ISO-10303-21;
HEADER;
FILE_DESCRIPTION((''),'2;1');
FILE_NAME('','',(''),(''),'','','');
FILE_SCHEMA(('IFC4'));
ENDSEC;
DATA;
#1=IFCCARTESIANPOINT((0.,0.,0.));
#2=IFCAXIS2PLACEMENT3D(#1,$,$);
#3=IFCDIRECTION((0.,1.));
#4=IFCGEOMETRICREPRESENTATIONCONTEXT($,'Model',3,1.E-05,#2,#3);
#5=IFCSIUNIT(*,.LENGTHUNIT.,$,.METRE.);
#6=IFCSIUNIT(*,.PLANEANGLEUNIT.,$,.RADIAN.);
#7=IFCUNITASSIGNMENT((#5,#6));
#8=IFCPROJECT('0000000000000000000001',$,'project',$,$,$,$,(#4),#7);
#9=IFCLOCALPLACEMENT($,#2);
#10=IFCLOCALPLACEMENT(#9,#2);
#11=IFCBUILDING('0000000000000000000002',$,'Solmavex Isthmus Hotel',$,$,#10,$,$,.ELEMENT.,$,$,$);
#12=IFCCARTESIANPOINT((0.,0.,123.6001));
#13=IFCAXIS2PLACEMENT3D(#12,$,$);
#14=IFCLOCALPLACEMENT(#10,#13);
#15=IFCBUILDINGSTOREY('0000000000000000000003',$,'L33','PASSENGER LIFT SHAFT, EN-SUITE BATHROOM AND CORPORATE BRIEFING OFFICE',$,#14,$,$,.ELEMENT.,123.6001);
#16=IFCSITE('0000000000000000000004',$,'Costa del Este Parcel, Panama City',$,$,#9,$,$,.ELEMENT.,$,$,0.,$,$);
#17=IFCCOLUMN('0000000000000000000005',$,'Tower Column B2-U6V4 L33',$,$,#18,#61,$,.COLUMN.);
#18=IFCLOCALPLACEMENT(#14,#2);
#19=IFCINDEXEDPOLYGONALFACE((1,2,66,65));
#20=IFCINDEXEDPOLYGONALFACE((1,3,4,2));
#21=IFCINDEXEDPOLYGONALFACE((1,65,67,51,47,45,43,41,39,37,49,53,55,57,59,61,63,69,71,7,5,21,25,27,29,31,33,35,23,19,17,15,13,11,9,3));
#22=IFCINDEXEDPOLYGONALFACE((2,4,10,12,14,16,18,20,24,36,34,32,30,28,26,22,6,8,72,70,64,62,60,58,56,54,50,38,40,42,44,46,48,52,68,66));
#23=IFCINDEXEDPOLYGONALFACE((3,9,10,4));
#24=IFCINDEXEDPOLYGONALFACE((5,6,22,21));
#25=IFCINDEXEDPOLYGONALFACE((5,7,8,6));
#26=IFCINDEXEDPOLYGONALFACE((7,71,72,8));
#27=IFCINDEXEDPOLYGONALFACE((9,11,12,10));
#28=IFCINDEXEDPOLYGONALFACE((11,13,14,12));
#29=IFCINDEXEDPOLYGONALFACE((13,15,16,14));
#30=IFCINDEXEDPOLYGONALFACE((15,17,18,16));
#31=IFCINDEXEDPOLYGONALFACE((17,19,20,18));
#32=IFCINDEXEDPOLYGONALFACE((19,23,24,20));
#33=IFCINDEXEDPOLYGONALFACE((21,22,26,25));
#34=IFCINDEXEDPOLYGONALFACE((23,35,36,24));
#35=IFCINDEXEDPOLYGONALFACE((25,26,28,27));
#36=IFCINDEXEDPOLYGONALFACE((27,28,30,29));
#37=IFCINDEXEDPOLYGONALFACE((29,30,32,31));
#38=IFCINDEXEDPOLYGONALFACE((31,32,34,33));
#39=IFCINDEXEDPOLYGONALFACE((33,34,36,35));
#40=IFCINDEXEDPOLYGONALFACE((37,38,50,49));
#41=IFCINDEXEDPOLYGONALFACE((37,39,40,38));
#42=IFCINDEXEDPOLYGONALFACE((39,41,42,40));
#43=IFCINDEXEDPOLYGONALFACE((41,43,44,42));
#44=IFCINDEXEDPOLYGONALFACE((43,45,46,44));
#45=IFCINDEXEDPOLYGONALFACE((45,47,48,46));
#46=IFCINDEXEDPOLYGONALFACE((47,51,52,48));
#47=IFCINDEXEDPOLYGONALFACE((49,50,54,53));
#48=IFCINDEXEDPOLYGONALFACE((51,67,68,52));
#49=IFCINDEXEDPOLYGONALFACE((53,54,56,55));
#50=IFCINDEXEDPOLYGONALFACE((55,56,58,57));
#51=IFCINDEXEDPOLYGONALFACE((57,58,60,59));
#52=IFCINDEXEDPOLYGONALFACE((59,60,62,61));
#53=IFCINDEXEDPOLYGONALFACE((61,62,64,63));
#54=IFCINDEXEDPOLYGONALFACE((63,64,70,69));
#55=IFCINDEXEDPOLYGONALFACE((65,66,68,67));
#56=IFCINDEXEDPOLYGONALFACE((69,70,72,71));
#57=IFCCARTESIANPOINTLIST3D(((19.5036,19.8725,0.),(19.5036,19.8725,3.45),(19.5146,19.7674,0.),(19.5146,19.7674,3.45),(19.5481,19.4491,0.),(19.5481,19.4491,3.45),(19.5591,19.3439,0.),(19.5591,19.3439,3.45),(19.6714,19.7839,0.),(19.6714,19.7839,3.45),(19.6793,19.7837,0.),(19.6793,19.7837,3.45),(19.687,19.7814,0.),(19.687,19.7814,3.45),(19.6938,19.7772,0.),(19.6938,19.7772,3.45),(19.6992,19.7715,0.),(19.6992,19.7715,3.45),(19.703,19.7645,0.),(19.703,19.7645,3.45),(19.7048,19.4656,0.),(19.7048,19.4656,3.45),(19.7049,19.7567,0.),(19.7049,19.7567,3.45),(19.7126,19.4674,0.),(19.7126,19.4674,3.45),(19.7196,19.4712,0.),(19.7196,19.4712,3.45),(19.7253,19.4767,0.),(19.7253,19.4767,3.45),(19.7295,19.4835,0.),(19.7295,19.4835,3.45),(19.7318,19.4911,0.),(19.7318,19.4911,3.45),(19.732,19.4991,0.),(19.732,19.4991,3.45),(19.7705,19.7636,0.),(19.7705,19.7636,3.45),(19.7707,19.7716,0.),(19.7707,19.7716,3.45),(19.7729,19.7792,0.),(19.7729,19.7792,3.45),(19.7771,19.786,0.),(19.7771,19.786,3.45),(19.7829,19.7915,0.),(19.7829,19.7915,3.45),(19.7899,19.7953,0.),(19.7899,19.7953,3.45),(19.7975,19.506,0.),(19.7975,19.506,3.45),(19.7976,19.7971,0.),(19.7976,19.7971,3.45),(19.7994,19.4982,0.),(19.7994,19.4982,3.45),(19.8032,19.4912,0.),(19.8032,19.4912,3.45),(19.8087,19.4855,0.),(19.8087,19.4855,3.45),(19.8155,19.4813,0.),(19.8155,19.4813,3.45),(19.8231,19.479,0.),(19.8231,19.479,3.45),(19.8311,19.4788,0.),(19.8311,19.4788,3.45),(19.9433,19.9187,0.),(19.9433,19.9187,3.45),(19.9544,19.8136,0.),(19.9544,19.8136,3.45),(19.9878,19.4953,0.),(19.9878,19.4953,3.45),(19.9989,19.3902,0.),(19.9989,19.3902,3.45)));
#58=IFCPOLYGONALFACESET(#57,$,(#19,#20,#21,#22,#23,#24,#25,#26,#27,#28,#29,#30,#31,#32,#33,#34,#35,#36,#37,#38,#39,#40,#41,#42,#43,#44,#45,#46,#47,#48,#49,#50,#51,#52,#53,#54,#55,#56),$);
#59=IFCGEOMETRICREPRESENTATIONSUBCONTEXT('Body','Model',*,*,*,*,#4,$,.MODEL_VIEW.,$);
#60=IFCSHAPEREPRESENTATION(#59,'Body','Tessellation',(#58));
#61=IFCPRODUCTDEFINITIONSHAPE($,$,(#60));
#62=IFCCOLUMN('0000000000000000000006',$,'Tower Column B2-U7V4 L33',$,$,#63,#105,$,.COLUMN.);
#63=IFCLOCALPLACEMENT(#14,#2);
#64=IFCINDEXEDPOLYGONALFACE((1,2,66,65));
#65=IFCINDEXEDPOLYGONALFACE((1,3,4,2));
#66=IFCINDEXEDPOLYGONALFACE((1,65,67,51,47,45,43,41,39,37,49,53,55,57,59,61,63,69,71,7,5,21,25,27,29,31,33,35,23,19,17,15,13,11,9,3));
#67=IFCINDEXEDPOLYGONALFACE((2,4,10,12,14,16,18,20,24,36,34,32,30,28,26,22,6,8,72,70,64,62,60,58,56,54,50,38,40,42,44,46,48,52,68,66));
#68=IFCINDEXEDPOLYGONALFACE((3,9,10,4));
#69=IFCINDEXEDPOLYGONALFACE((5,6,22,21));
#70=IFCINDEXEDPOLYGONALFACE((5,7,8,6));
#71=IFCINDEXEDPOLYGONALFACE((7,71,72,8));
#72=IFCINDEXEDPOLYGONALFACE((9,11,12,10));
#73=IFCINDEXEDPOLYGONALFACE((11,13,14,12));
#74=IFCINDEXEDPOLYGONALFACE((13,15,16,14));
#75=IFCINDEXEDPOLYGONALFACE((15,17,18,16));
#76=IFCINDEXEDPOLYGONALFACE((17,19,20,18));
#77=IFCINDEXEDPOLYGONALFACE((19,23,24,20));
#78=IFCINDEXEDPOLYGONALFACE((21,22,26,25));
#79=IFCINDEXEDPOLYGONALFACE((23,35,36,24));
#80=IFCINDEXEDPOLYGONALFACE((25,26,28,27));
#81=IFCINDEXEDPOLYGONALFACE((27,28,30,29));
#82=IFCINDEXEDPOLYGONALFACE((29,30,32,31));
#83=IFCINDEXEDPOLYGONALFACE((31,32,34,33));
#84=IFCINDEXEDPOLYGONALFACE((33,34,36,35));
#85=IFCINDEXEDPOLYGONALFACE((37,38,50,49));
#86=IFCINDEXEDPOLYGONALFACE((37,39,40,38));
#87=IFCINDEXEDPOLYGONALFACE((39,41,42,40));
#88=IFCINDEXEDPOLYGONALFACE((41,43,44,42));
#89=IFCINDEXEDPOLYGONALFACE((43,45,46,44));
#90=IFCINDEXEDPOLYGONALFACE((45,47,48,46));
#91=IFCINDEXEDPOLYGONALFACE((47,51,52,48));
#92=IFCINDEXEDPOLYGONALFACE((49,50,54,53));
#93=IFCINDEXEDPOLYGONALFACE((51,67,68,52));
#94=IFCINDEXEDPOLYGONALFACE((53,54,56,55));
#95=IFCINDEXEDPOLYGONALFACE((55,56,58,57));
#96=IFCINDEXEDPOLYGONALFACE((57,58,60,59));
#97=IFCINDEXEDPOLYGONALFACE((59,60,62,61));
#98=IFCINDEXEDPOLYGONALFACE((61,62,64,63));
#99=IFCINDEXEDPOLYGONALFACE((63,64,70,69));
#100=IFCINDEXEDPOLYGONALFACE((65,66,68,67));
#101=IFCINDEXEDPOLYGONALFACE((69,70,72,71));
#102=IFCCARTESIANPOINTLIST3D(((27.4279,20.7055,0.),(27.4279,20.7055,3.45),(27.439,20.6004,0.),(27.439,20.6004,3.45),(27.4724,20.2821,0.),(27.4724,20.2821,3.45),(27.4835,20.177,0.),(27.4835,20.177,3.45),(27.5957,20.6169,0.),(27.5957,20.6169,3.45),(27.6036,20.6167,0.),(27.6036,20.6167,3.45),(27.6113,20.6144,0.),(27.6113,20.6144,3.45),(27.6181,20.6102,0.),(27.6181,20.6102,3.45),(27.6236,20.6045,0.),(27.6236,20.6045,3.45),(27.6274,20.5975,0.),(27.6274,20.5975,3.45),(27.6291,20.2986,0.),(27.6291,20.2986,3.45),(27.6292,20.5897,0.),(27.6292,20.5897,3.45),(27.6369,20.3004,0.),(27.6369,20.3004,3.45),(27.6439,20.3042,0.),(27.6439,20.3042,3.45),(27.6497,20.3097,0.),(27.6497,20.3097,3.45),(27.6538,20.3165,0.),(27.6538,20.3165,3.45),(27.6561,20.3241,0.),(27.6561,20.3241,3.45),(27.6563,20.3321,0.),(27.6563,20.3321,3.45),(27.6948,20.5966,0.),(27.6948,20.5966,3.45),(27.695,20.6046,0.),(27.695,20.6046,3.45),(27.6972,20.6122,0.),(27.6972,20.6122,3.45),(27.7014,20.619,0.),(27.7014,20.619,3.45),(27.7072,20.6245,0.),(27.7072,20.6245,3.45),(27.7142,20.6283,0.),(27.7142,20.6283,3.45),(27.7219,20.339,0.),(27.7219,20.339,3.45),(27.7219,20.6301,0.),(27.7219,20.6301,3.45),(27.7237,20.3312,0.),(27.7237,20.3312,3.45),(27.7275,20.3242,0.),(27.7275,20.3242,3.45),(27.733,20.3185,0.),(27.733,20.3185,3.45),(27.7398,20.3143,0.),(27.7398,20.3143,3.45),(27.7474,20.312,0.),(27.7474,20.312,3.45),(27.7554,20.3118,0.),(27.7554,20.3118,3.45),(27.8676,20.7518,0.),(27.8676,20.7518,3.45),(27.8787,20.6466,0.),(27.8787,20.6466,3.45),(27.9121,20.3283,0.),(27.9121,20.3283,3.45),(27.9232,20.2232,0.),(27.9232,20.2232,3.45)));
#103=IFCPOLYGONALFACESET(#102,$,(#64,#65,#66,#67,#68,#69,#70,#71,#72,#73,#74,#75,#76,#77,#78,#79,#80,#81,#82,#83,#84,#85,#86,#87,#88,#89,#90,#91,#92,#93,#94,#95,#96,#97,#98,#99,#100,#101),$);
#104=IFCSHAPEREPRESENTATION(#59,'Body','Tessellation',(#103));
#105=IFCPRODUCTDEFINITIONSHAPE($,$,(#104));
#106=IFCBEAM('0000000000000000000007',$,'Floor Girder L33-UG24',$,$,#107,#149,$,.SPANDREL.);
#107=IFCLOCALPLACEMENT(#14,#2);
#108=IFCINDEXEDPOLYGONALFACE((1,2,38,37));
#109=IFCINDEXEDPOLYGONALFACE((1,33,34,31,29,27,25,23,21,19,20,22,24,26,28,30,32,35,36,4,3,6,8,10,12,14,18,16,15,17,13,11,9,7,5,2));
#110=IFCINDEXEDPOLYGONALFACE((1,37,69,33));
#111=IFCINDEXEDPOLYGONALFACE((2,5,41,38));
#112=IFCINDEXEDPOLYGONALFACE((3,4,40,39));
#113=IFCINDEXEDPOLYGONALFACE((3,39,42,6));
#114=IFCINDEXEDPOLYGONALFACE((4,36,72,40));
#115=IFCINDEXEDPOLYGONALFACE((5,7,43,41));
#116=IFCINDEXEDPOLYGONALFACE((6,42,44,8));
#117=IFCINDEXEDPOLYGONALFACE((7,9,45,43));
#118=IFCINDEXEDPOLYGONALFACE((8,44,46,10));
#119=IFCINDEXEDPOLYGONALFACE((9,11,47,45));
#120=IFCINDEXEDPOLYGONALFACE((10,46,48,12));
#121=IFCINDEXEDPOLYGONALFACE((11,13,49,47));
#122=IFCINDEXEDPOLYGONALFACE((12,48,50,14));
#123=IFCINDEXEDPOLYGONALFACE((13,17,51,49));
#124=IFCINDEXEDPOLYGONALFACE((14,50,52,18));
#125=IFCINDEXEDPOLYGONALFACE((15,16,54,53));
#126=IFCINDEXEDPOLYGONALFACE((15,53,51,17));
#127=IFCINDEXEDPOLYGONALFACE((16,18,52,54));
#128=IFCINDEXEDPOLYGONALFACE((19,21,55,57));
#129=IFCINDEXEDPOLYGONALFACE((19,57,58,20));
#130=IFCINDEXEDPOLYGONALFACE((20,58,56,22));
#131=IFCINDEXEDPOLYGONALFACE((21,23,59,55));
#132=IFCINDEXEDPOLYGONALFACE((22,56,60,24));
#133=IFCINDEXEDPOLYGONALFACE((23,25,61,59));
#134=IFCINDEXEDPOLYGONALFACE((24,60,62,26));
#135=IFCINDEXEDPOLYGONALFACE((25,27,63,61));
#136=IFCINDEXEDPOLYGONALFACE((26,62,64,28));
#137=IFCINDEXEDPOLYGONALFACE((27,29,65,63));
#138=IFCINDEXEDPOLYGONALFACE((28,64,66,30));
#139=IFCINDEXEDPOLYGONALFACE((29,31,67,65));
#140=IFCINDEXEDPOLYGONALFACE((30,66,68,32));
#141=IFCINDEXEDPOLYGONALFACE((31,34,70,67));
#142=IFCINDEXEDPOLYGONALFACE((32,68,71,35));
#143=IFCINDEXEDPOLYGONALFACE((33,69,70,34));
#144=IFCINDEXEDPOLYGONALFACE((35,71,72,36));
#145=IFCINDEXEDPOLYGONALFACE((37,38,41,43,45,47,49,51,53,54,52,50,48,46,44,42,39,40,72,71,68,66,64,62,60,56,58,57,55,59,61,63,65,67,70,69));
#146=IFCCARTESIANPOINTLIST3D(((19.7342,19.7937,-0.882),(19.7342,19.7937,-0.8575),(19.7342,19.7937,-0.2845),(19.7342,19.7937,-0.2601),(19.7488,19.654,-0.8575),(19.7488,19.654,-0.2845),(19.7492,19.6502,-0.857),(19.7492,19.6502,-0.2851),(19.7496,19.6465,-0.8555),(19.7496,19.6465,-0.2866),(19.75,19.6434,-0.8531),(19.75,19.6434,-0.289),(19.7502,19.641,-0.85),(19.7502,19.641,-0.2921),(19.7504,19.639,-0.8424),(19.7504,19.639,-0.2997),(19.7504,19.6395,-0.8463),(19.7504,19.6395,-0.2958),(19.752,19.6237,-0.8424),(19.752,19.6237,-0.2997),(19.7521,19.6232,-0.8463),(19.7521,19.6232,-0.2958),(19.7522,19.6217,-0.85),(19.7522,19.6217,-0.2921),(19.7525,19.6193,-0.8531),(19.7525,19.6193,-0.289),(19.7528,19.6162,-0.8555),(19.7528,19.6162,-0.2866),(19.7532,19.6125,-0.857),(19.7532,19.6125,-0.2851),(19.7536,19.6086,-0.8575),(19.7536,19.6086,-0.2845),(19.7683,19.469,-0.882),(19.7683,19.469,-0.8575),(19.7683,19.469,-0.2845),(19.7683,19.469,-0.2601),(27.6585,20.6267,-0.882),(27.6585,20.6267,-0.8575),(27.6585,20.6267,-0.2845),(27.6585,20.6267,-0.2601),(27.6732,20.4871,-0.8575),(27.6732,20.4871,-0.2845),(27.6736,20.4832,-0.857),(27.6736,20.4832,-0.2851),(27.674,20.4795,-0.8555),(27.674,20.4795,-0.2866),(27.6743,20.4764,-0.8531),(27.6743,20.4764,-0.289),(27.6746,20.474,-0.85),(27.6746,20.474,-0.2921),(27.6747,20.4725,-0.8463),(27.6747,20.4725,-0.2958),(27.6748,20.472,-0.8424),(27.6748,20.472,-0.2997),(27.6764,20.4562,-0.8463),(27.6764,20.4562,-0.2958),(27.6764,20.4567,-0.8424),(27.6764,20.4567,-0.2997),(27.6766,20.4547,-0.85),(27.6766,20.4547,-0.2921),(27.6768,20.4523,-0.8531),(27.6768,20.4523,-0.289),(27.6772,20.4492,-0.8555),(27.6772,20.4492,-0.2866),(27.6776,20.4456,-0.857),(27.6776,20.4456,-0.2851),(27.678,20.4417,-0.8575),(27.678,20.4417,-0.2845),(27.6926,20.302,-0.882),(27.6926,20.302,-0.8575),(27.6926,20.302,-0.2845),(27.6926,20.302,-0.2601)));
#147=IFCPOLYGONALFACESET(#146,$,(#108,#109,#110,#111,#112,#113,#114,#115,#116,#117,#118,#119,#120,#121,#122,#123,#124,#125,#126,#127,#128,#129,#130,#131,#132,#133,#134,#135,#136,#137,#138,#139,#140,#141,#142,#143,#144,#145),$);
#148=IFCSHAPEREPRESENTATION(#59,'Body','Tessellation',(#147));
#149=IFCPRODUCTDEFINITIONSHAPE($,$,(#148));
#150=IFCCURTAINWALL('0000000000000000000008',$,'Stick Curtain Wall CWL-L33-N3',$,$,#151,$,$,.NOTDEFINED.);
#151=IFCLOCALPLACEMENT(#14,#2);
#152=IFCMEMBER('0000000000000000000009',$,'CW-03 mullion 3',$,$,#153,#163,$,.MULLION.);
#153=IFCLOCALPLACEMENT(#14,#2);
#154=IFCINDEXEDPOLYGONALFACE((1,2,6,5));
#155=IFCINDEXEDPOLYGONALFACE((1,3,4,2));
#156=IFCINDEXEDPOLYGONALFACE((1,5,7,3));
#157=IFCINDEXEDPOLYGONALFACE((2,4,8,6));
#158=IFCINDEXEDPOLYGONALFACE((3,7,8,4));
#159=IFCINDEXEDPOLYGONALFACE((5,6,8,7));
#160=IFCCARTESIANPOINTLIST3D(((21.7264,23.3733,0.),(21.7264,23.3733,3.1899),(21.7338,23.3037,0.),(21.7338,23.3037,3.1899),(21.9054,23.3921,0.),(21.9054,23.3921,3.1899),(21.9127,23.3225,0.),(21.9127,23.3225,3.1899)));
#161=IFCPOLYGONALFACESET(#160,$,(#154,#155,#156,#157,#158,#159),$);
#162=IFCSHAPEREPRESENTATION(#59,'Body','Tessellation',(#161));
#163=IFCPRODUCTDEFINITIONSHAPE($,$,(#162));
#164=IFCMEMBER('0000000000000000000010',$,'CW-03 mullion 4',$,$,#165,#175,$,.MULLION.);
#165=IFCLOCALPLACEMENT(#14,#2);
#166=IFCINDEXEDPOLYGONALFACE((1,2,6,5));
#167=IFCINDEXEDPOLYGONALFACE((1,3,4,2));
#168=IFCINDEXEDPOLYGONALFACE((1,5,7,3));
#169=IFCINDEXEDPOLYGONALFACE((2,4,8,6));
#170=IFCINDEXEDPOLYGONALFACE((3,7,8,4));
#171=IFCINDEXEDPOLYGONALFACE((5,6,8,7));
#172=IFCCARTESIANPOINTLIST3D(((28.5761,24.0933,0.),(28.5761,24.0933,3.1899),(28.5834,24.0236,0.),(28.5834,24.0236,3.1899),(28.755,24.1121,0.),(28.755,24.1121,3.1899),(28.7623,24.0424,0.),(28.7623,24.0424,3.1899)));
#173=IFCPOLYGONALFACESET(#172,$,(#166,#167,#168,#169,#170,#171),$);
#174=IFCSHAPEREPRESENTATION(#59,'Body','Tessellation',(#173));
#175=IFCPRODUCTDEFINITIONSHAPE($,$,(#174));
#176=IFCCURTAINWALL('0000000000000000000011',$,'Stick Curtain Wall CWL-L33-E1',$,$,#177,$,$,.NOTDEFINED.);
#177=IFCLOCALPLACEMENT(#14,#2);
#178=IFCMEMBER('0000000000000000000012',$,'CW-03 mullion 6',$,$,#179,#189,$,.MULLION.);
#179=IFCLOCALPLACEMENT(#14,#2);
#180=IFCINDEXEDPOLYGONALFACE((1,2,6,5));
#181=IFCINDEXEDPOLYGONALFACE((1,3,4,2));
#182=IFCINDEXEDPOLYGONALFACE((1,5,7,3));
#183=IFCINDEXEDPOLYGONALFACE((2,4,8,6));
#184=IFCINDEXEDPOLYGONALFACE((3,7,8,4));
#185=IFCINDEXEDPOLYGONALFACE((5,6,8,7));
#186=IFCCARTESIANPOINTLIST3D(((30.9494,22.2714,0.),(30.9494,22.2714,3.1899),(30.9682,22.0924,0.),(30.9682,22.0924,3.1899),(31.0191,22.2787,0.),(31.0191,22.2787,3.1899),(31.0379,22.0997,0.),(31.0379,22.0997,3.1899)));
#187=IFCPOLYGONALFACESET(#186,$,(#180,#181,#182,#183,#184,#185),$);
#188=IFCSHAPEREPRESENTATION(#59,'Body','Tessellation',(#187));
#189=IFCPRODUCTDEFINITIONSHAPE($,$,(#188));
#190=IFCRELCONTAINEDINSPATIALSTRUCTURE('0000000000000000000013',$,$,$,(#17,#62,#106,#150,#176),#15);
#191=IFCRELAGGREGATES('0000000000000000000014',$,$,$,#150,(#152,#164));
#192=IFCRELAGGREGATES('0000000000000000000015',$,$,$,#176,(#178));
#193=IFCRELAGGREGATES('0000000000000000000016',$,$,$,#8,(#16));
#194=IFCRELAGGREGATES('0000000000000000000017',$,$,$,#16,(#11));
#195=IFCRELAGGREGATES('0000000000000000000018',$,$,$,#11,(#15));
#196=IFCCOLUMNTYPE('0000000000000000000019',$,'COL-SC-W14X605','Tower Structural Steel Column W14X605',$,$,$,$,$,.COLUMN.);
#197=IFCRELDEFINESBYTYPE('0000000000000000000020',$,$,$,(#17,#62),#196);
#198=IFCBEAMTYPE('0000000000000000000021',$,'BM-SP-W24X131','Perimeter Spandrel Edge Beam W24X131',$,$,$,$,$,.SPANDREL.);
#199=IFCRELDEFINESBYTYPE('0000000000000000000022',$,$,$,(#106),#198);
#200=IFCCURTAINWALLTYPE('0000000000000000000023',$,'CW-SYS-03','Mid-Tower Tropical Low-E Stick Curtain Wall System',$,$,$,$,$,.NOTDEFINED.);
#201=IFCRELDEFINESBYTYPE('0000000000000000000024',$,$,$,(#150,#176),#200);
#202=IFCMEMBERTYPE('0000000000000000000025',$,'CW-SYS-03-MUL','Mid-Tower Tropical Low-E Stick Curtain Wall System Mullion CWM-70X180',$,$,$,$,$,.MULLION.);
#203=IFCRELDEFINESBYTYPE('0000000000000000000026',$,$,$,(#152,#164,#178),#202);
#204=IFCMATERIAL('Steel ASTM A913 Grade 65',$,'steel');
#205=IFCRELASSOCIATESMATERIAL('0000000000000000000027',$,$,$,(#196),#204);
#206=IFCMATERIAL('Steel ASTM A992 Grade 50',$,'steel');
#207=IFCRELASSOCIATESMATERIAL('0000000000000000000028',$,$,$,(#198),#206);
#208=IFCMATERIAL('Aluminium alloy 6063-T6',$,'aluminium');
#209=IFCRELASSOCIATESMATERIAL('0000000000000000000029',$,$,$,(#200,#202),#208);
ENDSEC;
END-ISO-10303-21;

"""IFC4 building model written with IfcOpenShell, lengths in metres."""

from ifc_helpers import new_model, si_unit, direction, frame, origin, origin_2d, place, context, subcontext, project, spatial, rectangle, i_section, extrude, material, material_profile, profile_set, type_object, element, aggregate, save


model = new_model("IFC4")

# Units and contexts
model_context = context("Model", 3, precision=1e-05, world=origin(), true_north=direction((0.0, 1.0)))
body_context = subcontext(model_context, "Body", "Model", "MODEL_VIEW")
ifc_project = project(units=[si_unit("LENGTHUNIT", "METRE"), si_unit("PLANEANGLEUNIT", "RADIAN")], contexts=[model_context])

# Site, building, storey
site_placement = place(None, origin())
site = spatial("IfcSite", under=ifc_project, at=site_placement, Name="Costa del Este Parcel, Panama City", CompositionType="ELEMENT", RefElevation=0.0)
building_placement = place(site_placement, origin())
building = spatial("IfcBuilding", under=site, at=building_placement, Name="Solmavex Isthmus Hotel", CompositionType="ELEMENT")
storey_placement = place(building_placement, frame((0.0, 0.0, 123.6001)))
storey = spatial("IfcBuildingStorey", under=building, at=storey_placement, Name="L33", Description="PASSENGER LIFT SHAFT, EN-SUITE BATHROOM AND CORPORATE BRIEFING OFFICE", CompositionType="ELEMENT", Elevation=123.6001)

# Columns
ifc_material_1 = material(Name="Steel ASTM A913 Grade 65", Category="steel")
ifc_material_profile_1 = material_profile(ifc_material_1, i_section(OverallWidth=0.4421, OverallDepth=0.5315, WebThickness=0.0659, FlangeThickness=0.1057, FilletRadius=0.0305, at=origin_2d()), Name="W14X605")
ifc_profile_set_1 = profile_set([ifc_material_profile_1], Name="Steel ASTM A913 Grade 65")
column_type = type_object("IfcColumnType", Name="COL-SC-W14X605", Description="Tower Structural Steel Column W14X605", PredefinedType="COLUMN", material=ifc_profile_set_1)
for number, where, z_axis, x_axis, name in (
    (1, (19.7512, 19.6313, 0.0), (0.0, 0.0, 1.0), (0.994522, 0.104528, 0.0), "Tower Column B2-U6V4 L33"),
    (2, (27.6755, 20.4644, 0.0), (0.0, 0.0, 1.0), (0.994522, 0.104528, 0.0), "Tower Column B2-U7V4 L33"),
):
    element("IfcColumn", number, at=place(storey_placement, frame(where, z_axis=z_axis, x_axis=x_axis)), inside=storey, type_object=column_type, Name=name, PredefinedType="COLUMN", context=body_context, shape_type="SweptSolid", body=[
        extrude(i_section(OverallWidth=0.4421, OverallDepth=0.5315, WebThickness=0.0659, FlangeThickness=0.1057, FilletRadius=0.0305, at=origin_2d()), origin(), (0.0, 0.0, 1.0), 3.45),
    ])

# Beam
ifc_material_2 = material(Name="Steel ASTM A992 Grade 50", Category="steel")
ifc_material_profile_2 = material_profile(ifc_material_2, i_section(OverallWidth=0.3264, OverallDepth=0.6218, WebThickness=0.0154, FlangeThickness=0.0244, FilletRadius=0.0151, at=origin_2d()), Name="W24X131")
ifc_profile_set_2 = profile_set([ifc_material_profile_2], Name="Steel ASTM A992 Grade 50")
beam_type = type_object("IfcBeamType", Name="BM-SP-W24X131", Description="Perimeter Spandrel Edge Beam W24X131", PredefinedType="SPANDREL", material=ifc_profile_set_2)
beam_placement = place(storey_placement, frame((19.7512, 19.6313, -0.571), z_axis=(0.99452, 0.104544, 0.0), x_axis=(-0.104544, 0.99452, 0.0)))
element("IfcBeam", 3, at=beam_placement, inside=storey, type_object=beam_type, Name="Floor Girder L33-UG24", PredefinedType="SPANDREL", context=body_context, shape_type="SweptSolid", body=[
    extrude(i_section(OverallWidth=0.3264, OverallDepth=0.6218, WebThickness=0.0154, FlangeThickness=0.0244, FilletRadius=0.0151, at=origin_2d()), origin(), (0.0, 0.0, 1.0), 7.968),
])

# Curtain wall, members
ifc_material_3 = material(Name="Aluminium alloy 6063-T6", Category="aluminium")
curtain_wall_type = type_object("IfcCurtainWallType", Name="CW-SYS-03", Description="Mid-Tower Tropical Low-E Stick Curtain Wall System", PredefinedType="NOTDEFINED", material=ifc_material_3)
curtain_wall_1_placement = place(storey_placement, origin())
curtain_wall_1 = element("IfcCurtainWall", 4, at=curtain_wall_1_placement, inside=storey, type_object=curtain_wall_type, Name="Stick Curtain Wall CWL-L33-N3", PredefinedType="NOTDEFINED")
ifc_material_profile_3 = material_profile(ifc_material_3, rectangle(XDim=0.0701, YDim=0.1799, at=origin_2d()), Name="CWM-70X180")
ifc_profile_set_3 = profile_set([ifc_material_profile_3], Name="Aluminium alloy 6063-T6")
member_type_1 = type_object("IfcMemberType", Name="CW-SYS-03-MUL", Description="Mid-Tower Tropical Low-E Stick Curtain Wall System Mullion CWM-70X180", PredefinedType="MULLION", material=ifc_profile_set_3)
member_1_placement = place(storey_placement, frame((21.8196, 23.3479, 0.0), z_axis=(0.0, 0.0, 1.0), x_axis=(-0.104528, 0.994522, 0.0)))
member_1 = element("IfcMember", 5, at=member_1_placement, type_object=member_type_1, Name="CW-03 mullion 3", PredefinedType="MULLION", context=body_context, shape_type="SweptSolid", body=[
    extrude(rectangle(XDim=0.0701, YDim=0.1799, at=origin_2d()), origin(), (0.0, 0.0, 1.0), 3.1899),
])
member_2_placement = place(storey_placement, frame((28.6692, 24.0679, 0.0), z_axis=(0.0, 0.0, 1.0), x_axis=(-0.104528, 0.994522, 0.0)))
member_2 = element("IfcMember", 6, at=member_2_placement, type_object=member_type_1, Name="CW-03 mullion 4", PredefinedType="MULLION", context=body_context, shape_type="SweptSolid", body=[
    extrude(rectangle(XDim=0.0701, YDim=0.1799, at=origin_2d()), origin(), (0.0, 0.0, 1.0), 3.1899),
])

# Curtain wall, member
curtain_wall_2_placement = place(storey_placement, origin())
curtain_wall_2 = element("IfcCurtainWall", 7, at=curtain_wall_2_placement, inside=storey, type_object=curtain_wall_type, Name="Stick Curtain Wall CWL-L33-E1", PredefinedType="NOTDEFINED")
member_3_placement = place(storey_placement, frame((30.9937, 22.1855, 0.0), z_axis=(0.0, 0.0, 1.0), x_axis=(-0.994522, -0.104528, 0.0)))
member_3 = element("IfcMember", 8, at=member_3_placement, type_object=member_type_1, Name="CW-03 mullion 6", PredefinedType="MULLION", context=body_context, shape_type="SweptSolid", body=[
    extrude(rectangle(XDim=0.0701, YDim=0.1799, at=origin_2d()), origin(), (0.0, 0.0, 1.0), 3.1899),
])

aggregate(curtain_wall_1, [member_1, member_2])
aggregate(curtain_wall_2, [member_3])

save(model, "model.ifc")
